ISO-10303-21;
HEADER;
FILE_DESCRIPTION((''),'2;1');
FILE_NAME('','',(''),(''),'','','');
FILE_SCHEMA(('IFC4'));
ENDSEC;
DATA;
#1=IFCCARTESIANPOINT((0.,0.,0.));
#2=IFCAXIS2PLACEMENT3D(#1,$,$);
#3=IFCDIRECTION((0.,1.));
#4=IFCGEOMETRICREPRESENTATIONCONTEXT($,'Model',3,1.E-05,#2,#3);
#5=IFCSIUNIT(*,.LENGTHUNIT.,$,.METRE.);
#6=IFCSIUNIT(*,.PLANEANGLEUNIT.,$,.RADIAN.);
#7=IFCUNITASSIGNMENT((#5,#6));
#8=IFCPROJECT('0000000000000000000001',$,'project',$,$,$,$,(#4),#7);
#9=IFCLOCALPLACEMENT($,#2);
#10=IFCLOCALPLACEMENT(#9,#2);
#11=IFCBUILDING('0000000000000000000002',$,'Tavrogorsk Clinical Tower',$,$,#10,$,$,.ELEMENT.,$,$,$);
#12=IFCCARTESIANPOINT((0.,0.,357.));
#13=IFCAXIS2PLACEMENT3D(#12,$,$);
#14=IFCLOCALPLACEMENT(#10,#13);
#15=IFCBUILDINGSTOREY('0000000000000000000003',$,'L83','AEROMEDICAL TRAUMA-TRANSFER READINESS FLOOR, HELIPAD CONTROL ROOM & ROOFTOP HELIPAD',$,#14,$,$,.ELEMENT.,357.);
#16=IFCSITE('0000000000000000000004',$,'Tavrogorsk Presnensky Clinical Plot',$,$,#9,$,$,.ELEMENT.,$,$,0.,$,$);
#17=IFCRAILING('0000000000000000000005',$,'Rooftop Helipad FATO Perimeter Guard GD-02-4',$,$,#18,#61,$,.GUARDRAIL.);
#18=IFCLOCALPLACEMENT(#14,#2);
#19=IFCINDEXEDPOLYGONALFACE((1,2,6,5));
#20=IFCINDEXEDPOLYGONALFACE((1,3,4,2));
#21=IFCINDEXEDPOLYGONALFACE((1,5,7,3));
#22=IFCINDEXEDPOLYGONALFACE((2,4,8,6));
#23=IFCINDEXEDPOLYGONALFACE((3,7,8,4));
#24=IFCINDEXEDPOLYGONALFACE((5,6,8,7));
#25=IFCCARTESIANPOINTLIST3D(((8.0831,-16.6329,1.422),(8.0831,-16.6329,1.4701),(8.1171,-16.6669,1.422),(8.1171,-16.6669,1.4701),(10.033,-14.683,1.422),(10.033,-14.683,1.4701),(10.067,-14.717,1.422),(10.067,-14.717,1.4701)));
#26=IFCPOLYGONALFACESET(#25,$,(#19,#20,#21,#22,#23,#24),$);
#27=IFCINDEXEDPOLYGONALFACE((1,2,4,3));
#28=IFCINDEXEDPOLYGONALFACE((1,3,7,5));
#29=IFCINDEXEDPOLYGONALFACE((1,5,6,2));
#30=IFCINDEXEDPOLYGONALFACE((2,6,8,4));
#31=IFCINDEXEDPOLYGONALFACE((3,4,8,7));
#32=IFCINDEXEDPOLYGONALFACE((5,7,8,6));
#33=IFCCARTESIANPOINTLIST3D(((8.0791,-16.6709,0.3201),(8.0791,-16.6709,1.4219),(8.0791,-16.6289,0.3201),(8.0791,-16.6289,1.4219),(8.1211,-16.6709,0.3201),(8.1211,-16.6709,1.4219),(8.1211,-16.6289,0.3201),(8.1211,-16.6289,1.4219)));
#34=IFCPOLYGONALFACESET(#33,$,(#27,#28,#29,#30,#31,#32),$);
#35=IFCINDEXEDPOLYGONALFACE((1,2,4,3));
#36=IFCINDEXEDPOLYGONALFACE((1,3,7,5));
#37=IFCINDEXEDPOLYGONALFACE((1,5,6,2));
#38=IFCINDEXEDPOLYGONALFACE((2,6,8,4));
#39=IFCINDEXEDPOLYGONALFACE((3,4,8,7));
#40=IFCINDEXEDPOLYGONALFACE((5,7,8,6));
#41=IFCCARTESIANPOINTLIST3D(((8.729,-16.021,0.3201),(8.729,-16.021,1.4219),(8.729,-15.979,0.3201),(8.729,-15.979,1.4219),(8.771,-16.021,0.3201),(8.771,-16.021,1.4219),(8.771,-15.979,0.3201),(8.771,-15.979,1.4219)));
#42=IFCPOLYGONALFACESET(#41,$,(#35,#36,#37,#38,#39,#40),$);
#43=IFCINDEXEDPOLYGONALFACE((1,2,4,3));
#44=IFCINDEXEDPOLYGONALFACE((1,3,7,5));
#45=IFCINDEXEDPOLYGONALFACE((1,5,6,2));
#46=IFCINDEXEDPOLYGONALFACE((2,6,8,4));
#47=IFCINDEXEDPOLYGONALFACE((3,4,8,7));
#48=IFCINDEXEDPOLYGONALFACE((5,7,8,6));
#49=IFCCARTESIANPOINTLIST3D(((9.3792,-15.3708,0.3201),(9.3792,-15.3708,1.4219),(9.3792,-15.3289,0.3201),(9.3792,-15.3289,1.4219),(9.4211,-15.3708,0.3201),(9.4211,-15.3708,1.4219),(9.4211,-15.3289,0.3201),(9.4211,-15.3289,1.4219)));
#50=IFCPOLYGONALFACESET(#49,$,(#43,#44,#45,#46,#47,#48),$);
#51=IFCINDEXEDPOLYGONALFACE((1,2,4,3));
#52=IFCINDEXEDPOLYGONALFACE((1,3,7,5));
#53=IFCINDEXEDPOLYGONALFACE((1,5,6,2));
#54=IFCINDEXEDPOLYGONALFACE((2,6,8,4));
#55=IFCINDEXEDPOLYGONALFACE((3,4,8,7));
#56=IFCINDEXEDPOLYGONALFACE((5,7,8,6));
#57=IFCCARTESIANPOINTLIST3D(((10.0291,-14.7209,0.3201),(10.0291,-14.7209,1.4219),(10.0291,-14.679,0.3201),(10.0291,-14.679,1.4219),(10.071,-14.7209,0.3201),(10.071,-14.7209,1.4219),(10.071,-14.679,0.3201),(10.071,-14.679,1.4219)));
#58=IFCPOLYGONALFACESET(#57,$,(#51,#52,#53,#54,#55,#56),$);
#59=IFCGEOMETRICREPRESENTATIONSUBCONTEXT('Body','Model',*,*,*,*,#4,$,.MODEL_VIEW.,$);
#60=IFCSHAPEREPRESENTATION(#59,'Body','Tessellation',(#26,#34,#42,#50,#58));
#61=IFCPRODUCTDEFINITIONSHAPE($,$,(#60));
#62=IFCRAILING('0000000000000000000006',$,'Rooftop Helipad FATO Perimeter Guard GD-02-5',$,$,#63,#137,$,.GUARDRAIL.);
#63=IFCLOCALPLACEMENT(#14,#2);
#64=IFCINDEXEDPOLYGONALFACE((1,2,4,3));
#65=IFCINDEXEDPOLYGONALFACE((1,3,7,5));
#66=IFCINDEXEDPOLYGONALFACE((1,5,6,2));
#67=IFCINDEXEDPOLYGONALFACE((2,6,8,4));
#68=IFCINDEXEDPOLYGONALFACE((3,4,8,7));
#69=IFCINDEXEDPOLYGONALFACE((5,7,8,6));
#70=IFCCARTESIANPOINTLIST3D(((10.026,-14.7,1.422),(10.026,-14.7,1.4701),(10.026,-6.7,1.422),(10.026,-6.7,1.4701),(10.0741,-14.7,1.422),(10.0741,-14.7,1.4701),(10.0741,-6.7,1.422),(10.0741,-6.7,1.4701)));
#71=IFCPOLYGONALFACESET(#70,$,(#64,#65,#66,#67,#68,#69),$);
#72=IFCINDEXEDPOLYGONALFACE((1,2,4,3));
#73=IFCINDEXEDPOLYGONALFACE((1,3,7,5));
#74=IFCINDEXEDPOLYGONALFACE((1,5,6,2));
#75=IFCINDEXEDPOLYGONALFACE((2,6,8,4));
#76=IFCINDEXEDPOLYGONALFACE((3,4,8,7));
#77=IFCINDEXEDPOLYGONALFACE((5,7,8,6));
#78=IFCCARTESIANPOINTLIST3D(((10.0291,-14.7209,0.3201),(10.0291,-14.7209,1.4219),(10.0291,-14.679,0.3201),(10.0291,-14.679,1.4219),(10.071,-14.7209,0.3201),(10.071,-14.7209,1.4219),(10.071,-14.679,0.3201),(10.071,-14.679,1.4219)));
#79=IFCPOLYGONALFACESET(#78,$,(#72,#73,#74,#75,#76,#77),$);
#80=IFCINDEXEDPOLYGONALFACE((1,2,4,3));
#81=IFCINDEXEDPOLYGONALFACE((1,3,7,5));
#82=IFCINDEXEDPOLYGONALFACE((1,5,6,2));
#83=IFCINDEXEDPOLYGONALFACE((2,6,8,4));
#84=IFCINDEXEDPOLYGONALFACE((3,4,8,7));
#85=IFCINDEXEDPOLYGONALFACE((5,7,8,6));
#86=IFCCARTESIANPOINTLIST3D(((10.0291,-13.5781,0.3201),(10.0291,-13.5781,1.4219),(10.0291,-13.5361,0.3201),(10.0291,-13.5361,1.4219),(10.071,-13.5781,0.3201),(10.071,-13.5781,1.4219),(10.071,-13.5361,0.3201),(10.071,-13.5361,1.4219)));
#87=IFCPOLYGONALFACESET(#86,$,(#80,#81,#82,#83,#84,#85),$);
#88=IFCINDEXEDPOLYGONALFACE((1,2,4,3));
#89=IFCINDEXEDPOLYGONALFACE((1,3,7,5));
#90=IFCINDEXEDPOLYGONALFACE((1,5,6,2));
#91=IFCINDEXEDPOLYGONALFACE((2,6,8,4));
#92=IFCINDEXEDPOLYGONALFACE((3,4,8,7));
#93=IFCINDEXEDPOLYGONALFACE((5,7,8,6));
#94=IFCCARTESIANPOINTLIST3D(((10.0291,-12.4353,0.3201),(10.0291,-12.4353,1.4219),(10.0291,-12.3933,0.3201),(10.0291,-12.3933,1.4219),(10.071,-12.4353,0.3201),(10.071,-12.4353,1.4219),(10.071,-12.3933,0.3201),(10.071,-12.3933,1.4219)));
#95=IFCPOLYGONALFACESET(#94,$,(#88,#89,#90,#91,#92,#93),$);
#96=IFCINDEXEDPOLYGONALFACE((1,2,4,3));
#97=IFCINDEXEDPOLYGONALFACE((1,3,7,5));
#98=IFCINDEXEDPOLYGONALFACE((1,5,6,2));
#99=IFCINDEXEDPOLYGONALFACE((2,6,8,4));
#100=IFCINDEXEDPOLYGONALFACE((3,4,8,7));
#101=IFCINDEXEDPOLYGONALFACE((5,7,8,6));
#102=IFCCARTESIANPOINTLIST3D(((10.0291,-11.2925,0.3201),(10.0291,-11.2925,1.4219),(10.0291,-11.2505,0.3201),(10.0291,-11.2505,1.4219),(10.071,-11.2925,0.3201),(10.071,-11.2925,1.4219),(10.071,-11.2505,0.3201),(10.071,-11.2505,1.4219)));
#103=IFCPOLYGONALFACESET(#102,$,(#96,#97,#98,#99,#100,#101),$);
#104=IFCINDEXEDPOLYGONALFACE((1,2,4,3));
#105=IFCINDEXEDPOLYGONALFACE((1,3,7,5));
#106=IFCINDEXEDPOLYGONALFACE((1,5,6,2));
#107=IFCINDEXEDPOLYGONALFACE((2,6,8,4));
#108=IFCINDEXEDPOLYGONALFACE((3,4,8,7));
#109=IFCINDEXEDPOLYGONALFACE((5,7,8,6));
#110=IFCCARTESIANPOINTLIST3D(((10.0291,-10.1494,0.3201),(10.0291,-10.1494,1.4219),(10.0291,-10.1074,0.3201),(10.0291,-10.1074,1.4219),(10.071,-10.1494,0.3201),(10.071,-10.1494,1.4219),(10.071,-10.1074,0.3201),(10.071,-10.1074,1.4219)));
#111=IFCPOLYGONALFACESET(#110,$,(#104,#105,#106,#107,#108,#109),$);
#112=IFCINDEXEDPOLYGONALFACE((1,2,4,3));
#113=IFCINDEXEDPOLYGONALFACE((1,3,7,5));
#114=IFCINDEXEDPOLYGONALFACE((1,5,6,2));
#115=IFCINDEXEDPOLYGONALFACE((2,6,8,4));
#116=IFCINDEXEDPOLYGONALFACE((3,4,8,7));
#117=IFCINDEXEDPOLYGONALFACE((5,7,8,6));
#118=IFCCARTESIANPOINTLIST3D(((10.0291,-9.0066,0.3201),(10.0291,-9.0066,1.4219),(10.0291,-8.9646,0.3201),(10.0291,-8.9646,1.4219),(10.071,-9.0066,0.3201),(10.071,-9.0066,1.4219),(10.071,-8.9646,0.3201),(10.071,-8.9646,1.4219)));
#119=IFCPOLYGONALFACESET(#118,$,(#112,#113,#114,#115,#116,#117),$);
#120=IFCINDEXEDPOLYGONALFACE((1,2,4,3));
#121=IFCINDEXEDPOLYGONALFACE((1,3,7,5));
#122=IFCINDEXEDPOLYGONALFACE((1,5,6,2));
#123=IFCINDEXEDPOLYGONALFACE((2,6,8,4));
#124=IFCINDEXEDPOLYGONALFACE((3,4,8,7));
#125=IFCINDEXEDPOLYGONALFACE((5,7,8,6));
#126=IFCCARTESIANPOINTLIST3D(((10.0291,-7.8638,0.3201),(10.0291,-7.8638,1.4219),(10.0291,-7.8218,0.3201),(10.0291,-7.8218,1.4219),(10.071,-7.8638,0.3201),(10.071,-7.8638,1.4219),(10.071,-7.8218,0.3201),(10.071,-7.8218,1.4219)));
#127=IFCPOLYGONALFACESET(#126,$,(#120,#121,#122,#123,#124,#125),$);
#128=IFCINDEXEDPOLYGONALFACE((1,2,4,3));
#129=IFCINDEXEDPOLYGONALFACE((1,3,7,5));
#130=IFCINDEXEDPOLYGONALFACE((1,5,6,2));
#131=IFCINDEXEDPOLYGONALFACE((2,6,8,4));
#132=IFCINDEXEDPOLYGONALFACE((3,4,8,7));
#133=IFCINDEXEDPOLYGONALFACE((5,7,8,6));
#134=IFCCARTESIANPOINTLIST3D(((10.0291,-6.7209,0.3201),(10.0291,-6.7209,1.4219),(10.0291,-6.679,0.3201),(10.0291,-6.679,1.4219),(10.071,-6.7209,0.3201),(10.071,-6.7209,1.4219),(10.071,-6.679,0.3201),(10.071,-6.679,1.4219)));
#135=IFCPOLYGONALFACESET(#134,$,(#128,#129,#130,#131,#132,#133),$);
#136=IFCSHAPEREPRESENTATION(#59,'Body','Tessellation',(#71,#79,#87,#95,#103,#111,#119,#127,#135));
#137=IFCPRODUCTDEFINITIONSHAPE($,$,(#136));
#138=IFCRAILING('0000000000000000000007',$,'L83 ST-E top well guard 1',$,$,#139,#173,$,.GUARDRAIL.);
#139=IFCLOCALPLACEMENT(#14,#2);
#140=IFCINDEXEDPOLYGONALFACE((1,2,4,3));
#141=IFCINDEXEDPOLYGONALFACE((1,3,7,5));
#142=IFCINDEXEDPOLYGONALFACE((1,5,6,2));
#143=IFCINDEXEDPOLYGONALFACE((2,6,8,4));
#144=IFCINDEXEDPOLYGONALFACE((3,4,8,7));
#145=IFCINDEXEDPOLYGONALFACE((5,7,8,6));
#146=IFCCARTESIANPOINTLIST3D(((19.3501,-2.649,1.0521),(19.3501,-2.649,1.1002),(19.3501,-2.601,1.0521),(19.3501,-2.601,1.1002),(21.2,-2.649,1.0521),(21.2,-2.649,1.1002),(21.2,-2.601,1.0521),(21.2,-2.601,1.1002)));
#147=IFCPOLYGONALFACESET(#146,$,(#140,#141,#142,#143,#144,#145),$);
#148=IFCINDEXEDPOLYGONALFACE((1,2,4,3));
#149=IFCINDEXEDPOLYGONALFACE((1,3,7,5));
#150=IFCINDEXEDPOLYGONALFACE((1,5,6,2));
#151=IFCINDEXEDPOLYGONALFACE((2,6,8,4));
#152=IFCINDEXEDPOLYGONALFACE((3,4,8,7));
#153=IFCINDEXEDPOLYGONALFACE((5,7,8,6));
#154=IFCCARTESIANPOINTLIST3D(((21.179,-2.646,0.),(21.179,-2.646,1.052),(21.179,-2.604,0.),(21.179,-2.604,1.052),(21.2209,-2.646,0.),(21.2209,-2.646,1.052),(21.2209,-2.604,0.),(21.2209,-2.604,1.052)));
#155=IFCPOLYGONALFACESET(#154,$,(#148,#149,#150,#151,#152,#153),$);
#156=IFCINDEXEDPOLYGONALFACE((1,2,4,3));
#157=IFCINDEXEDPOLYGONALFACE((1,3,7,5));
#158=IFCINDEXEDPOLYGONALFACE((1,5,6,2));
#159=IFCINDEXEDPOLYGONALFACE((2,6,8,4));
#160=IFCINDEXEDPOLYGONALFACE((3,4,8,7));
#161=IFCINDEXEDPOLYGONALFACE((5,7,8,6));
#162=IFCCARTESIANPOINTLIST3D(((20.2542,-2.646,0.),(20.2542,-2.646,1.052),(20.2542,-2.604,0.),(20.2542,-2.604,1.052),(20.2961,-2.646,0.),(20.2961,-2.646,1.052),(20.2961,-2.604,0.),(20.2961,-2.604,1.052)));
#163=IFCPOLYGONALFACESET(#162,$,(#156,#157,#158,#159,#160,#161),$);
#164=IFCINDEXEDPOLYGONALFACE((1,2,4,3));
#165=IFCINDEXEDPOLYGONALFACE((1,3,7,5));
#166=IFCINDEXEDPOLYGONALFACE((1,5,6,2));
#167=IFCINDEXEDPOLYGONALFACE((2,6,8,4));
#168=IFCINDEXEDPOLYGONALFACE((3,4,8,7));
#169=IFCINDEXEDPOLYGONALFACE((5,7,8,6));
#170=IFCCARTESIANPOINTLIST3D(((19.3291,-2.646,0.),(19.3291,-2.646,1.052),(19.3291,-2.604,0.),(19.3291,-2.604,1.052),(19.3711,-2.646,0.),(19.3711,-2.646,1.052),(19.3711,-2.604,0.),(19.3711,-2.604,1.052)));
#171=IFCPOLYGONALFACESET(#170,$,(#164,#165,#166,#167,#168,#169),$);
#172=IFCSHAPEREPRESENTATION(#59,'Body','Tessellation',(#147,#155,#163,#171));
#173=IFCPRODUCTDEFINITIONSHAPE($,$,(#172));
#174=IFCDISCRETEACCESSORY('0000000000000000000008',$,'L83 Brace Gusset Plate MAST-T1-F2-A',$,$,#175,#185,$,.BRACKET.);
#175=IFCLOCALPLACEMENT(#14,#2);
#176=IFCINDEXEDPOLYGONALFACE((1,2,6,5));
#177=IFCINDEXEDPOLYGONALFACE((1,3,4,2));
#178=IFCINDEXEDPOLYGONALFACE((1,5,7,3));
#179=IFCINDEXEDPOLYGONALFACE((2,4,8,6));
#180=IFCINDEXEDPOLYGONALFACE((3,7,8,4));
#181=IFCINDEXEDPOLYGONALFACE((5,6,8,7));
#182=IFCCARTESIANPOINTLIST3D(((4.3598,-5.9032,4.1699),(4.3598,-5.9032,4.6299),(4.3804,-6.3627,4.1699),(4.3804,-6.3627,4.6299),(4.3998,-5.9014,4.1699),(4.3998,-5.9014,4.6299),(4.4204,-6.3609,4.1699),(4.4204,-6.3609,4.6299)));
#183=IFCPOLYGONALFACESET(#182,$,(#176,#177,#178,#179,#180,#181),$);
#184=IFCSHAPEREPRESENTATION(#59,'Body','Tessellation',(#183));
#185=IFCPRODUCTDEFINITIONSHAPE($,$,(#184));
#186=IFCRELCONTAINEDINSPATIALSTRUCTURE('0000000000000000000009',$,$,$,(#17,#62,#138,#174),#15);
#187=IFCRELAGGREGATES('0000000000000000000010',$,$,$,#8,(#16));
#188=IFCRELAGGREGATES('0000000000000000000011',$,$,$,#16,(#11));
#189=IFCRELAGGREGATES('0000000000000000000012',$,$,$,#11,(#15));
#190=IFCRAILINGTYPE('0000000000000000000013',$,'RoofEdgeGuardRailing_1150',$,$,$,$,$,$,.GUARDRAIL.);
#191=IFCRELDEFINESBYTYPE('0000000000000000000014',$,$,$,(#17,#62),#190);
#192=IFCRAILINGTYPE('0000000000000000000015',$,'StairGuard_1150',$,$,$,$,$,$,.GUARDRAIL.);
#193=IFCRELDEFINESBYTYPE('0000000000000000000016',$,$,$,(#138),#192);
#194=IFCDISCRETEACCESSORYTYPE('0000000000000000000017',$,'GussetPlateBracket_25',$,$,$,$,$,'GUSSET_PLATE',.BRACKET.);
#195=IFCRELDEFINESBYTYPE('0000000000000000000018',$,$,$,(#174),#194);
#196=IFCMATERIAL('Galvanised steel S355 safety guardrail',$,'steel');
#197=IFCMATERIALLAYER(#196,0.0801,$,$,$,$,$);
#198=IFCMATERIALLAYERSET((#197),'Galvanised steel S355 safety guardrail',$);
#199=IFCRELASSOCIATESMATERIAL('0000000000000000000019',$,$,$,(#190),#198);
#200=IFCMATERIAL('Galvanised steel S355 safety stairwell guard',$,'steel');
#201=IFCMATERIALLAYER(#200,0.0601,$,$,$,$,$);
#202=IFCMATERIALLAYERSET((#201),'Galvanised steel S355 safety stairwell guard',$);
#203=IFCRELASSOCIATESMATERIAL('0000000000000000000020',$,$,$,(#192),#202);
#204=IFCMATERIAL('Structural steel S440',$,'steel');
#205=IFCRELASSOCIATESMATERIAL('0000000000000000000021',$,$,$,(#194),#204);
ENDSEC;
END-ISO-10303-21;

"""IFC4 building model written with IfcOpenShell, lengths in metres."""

from ifc_helpers import new_model, si_unit, direction, frame, origin, origin_2d, place, context, subcontext, project, spatial, rectangle, extrude, material, layer, layer_set, type_object, element, save


model = new_model("IFC4")

# Units and contexts
model_context = context("Model", 3, precision=1e-05, world=origin(), true_north=direction((0.0, 1.0)))
body_context = subcontext(model_context, "Body", "Model", "MODEL_VIEW")
ifc_project = project(units=[si_unit("LENGTHUNIT", "METRE"), si_unit("PLANEANGLEUNIT", "RADIAN")], contexts=[model_context])

# Site, building, storey
site_placement = place(None, origin())
site = spatial("IfcSite", under=ifc_project, at=site_placement, Name="Tavrogorsk Presnensky Clinical Plot", CompositionType="ELEMENT", RefElevation=0.0)
building_placement = place(site_placement, origin())
building = spatial("IfcBuilding", under=site, at=building_placement, Name="Tavrogorsk Clinical Tower", CompositionType="ELEMENT")
storey_placement = place(building_placement, frame((0.0, 0.0, 357.0)))
storey = spatial("IfcBuildingStorey", under=building, at=storey_placement, Name="L83", Description="AEROMEDICAL TRAUMA-TRANSFER READINESS FLOOR, HELIPAD CONTROL ROOM & ROOFTOP HELIPAD", CompositionType="ELEMENT", Elevation=357.0)

# Railings
ifc_material_1 = material(Name="Galvanised steel S355 safety guardrail", Category="steel")
ifc_layer_1 = layer(ifc_material_1, 0.0801)
ifc_layer_set_1 = layer_set([ifc_layer_1], Name="Galvanised steel S355 safety guardrail")
railing_type_1 = type_object("IfcRailingType", Name="RoofEdgeGuardRailing_1150", PredefinedType="GUARDRAIL", material=ifc_layer_set_1)
railing_1_placement = place(storey_placement, frame((8.1001, -16.6499, 0.3201)))
element("IfcRailing", 1, at=railing_1_placement, inside=storey, type_object=railing_type_1, Name="Rooftop Helipad FATO Perimeter Guard GD-02-4", PredefinedType="GUARDRAIL", context=body_context, shape_type="SweptSolid", body=[
    extrude(rectangle(XDim=0.0481, YDim=0.0481, at=origin_2d()), frame((0.0, 0.0, 1.126), z_axis=(0.707107, 0.707107, 0.0), x_axis=(-0.707107, 0.707107, 0.0)), (0.0, 0.0, 1.0), 2.7576),
    extrude(rectangle(XDim=0.042, YDim=0.042, at=origin_2d()), origin(), (0.0, 0.0, 1.0), 1.1018),
    extrude(rectangle(XDim=0.042, YDim=0.042, at=origin_2d()), frame((0.6499, 0.6499, 0.0)), (0.0, 0.0, 1.0), 1.1018),
    extrude(rectangle(XDim=0.042, YDim=0.042, at=origin_2d()), frame((1.3, 1.3, 0.0)), (0.0, 0.0, 1.0), 1.1018),
    extrude(rectangle(XDim=0.042, YDim=0.042, at=origin_2d()), frame((1.95, 1.95, 0.0)), (0.0, 0.0, 1.0), 1.1018),
])
railing_2_placement = place(storey_placement, frame((10.05, -14.7, 0.3201)))
element("IfcRailing", 2, at=railing_2_placement, inside=storey, type_object=railing_type_1, Name="Rooftop Helipad FATO Perimeter Guard GD-02-5", PredefinedType="GUARDRAIL", context=body_context, shape_type="SweptSolid", body=[
    extrude(rectangle(XDim=0.0481, YDim=0.0481, at=origin_2d()), frame((0.0, 0.0, 1.126), z_axis=(0.0, 1.0, 0.0), x_axis=(-1.0, 0.0, 0.0)), (0.0, 0.0, 1.0), 8.0),
    extrude(rectangle(XDim=0.042, YDim=0.042, at=origin_2d()), origin(), (0.0, 0.0, 1.0), 1.1018),
    extrude(rectangle(XDim=0.042, YDim=0.042, at=origin_2d()), frame((0.0, 1.1428, 0.0)), (0.0, 0.0, 1.0), 1.1018),
    extrude(rectangle(XDim=0.042, YDim=0.042, at=origin_2d()), frame((0.0, 2.2856, 0.0)), (0.0, 0.0, 1.0), 1.1018),
    extrude(rectangle(XDim=0.042, YDim=0.042, at=origin_2d()), frame((0.0, 3.4285, 0.0)), (0.0, 0.0, 1.0), 1.1018),
    extrude(rectangle(XDim=0.042, YDim=0.042, at=origin_2d()), frame((0.0, 4.5715, 0.0)), (0.0, 0.0, 1.0), 1.1018),
    extrude(rectangle(XDim=0.042, YDim=0.042, at=origin_2d()), frame((0.0, 5.7144, 0.0)), (0.0, 0.0, 1.0), 1.1018),
    extrude(rectangle(XDim=0.042, YDim=0.042, at=origin_2d()), frame((0.0, 6.8572, 0.0)), (0.0, 0.0, 1.0), 1.1018),
    extrude(rectangle(XDim=0.042, YDim=0.042, at=origin_2d()), frame((0.0, 8.0, 0.0)), (0.0, 0.0, 1.0), 1.1018),
])
ifc_material_2 = material(Name="Galvanised steel S355 safety stairwell guard", Category="steel")
ifc_layer_2 = layer(ifc_material_2, 0.0601)
ifc_layer_set_2 = layer_set([ifc_layer_2], Name="Galvanised steel S355 safety stairwell guard")
railing_type_2 = type_object("IfcRailingType", Name="StairGuard_1150", PredefinedType="GUARDRAIL", material=ifc_layer_set_2)
railing_3_placement = place(storey_placement, frame((21.2, -2.625, 0.0)))
element("IfcRailing", 3, at=railing_3_placement, inside=storey, type_object=railing_type_2, Name="L83 ST-E top well guard 1", PredefinedType="GUARDRAIL", context=body_context, shape_type="SweptSolid", body=[
    extrude(rectangle(XDim=0.0481, YDim=0.0481, at=origin_2d()), frame((0.0, 0.0, 1.0762), z_axis=(-1.0, 0.0, 0.0), x_axis=(0.0, -1.0, 0.0)), (0.0, 0.0, 1.0), 1.8499),
    extrude(rectangle(XDim=0.042, YDim=0.042, at=origin_2d()), origin(), (0.0, 0.0, 1.0), 1.052),
    extrude(rectangle(XDim=0.042, YDim=0.042, at=origin_2d()), frame((-0.9248, 0.0, 0.0)), (0.0, 0.0, 1.0), 1.052),
    extrude(rectangle(XDim=0.042, YDim=0.042, at=origin_2d()), frame((-1.8499, 0.0, 0.0)), (0.0, 0.0, 1.0), 1.052),
])

# Discrete accessory
ifc_material_3 = material(Name="Structural steel S440", Category="steel")
discrete_accessory_type = type_object("IfcDiscreteAccessoryType", Name="GussetPlateBracket_25", ElementType="GUSSET_PLATE", PredefinedType="BRACKET", material=ifc_material_3)
discrete_accessory_placement = place(storey_placement, frame((4.3901, -6.1321, 4.1699), z_axis=(0.0, 0.0, 1.0), x_axis=(-0.04484, 0.998994, 0.0)))
element("IfcDiscreteAccessory", 4, at=discrete_accessory_placement, inside=storey, type_object=discrete_accessory_type, Name="L83 Brace Gusset Plate MAST-T1-F2-A", PredefinedType="BRACKET", context=body_context, shape_type="SweptSolid", body=[
    extrude(rectangle(XDim=0.46, YDim=0.04, at=origin_2d()), origin(), (0.0, 0.0, 1.0), 0.46),
])

save(model, "model.ifc")
